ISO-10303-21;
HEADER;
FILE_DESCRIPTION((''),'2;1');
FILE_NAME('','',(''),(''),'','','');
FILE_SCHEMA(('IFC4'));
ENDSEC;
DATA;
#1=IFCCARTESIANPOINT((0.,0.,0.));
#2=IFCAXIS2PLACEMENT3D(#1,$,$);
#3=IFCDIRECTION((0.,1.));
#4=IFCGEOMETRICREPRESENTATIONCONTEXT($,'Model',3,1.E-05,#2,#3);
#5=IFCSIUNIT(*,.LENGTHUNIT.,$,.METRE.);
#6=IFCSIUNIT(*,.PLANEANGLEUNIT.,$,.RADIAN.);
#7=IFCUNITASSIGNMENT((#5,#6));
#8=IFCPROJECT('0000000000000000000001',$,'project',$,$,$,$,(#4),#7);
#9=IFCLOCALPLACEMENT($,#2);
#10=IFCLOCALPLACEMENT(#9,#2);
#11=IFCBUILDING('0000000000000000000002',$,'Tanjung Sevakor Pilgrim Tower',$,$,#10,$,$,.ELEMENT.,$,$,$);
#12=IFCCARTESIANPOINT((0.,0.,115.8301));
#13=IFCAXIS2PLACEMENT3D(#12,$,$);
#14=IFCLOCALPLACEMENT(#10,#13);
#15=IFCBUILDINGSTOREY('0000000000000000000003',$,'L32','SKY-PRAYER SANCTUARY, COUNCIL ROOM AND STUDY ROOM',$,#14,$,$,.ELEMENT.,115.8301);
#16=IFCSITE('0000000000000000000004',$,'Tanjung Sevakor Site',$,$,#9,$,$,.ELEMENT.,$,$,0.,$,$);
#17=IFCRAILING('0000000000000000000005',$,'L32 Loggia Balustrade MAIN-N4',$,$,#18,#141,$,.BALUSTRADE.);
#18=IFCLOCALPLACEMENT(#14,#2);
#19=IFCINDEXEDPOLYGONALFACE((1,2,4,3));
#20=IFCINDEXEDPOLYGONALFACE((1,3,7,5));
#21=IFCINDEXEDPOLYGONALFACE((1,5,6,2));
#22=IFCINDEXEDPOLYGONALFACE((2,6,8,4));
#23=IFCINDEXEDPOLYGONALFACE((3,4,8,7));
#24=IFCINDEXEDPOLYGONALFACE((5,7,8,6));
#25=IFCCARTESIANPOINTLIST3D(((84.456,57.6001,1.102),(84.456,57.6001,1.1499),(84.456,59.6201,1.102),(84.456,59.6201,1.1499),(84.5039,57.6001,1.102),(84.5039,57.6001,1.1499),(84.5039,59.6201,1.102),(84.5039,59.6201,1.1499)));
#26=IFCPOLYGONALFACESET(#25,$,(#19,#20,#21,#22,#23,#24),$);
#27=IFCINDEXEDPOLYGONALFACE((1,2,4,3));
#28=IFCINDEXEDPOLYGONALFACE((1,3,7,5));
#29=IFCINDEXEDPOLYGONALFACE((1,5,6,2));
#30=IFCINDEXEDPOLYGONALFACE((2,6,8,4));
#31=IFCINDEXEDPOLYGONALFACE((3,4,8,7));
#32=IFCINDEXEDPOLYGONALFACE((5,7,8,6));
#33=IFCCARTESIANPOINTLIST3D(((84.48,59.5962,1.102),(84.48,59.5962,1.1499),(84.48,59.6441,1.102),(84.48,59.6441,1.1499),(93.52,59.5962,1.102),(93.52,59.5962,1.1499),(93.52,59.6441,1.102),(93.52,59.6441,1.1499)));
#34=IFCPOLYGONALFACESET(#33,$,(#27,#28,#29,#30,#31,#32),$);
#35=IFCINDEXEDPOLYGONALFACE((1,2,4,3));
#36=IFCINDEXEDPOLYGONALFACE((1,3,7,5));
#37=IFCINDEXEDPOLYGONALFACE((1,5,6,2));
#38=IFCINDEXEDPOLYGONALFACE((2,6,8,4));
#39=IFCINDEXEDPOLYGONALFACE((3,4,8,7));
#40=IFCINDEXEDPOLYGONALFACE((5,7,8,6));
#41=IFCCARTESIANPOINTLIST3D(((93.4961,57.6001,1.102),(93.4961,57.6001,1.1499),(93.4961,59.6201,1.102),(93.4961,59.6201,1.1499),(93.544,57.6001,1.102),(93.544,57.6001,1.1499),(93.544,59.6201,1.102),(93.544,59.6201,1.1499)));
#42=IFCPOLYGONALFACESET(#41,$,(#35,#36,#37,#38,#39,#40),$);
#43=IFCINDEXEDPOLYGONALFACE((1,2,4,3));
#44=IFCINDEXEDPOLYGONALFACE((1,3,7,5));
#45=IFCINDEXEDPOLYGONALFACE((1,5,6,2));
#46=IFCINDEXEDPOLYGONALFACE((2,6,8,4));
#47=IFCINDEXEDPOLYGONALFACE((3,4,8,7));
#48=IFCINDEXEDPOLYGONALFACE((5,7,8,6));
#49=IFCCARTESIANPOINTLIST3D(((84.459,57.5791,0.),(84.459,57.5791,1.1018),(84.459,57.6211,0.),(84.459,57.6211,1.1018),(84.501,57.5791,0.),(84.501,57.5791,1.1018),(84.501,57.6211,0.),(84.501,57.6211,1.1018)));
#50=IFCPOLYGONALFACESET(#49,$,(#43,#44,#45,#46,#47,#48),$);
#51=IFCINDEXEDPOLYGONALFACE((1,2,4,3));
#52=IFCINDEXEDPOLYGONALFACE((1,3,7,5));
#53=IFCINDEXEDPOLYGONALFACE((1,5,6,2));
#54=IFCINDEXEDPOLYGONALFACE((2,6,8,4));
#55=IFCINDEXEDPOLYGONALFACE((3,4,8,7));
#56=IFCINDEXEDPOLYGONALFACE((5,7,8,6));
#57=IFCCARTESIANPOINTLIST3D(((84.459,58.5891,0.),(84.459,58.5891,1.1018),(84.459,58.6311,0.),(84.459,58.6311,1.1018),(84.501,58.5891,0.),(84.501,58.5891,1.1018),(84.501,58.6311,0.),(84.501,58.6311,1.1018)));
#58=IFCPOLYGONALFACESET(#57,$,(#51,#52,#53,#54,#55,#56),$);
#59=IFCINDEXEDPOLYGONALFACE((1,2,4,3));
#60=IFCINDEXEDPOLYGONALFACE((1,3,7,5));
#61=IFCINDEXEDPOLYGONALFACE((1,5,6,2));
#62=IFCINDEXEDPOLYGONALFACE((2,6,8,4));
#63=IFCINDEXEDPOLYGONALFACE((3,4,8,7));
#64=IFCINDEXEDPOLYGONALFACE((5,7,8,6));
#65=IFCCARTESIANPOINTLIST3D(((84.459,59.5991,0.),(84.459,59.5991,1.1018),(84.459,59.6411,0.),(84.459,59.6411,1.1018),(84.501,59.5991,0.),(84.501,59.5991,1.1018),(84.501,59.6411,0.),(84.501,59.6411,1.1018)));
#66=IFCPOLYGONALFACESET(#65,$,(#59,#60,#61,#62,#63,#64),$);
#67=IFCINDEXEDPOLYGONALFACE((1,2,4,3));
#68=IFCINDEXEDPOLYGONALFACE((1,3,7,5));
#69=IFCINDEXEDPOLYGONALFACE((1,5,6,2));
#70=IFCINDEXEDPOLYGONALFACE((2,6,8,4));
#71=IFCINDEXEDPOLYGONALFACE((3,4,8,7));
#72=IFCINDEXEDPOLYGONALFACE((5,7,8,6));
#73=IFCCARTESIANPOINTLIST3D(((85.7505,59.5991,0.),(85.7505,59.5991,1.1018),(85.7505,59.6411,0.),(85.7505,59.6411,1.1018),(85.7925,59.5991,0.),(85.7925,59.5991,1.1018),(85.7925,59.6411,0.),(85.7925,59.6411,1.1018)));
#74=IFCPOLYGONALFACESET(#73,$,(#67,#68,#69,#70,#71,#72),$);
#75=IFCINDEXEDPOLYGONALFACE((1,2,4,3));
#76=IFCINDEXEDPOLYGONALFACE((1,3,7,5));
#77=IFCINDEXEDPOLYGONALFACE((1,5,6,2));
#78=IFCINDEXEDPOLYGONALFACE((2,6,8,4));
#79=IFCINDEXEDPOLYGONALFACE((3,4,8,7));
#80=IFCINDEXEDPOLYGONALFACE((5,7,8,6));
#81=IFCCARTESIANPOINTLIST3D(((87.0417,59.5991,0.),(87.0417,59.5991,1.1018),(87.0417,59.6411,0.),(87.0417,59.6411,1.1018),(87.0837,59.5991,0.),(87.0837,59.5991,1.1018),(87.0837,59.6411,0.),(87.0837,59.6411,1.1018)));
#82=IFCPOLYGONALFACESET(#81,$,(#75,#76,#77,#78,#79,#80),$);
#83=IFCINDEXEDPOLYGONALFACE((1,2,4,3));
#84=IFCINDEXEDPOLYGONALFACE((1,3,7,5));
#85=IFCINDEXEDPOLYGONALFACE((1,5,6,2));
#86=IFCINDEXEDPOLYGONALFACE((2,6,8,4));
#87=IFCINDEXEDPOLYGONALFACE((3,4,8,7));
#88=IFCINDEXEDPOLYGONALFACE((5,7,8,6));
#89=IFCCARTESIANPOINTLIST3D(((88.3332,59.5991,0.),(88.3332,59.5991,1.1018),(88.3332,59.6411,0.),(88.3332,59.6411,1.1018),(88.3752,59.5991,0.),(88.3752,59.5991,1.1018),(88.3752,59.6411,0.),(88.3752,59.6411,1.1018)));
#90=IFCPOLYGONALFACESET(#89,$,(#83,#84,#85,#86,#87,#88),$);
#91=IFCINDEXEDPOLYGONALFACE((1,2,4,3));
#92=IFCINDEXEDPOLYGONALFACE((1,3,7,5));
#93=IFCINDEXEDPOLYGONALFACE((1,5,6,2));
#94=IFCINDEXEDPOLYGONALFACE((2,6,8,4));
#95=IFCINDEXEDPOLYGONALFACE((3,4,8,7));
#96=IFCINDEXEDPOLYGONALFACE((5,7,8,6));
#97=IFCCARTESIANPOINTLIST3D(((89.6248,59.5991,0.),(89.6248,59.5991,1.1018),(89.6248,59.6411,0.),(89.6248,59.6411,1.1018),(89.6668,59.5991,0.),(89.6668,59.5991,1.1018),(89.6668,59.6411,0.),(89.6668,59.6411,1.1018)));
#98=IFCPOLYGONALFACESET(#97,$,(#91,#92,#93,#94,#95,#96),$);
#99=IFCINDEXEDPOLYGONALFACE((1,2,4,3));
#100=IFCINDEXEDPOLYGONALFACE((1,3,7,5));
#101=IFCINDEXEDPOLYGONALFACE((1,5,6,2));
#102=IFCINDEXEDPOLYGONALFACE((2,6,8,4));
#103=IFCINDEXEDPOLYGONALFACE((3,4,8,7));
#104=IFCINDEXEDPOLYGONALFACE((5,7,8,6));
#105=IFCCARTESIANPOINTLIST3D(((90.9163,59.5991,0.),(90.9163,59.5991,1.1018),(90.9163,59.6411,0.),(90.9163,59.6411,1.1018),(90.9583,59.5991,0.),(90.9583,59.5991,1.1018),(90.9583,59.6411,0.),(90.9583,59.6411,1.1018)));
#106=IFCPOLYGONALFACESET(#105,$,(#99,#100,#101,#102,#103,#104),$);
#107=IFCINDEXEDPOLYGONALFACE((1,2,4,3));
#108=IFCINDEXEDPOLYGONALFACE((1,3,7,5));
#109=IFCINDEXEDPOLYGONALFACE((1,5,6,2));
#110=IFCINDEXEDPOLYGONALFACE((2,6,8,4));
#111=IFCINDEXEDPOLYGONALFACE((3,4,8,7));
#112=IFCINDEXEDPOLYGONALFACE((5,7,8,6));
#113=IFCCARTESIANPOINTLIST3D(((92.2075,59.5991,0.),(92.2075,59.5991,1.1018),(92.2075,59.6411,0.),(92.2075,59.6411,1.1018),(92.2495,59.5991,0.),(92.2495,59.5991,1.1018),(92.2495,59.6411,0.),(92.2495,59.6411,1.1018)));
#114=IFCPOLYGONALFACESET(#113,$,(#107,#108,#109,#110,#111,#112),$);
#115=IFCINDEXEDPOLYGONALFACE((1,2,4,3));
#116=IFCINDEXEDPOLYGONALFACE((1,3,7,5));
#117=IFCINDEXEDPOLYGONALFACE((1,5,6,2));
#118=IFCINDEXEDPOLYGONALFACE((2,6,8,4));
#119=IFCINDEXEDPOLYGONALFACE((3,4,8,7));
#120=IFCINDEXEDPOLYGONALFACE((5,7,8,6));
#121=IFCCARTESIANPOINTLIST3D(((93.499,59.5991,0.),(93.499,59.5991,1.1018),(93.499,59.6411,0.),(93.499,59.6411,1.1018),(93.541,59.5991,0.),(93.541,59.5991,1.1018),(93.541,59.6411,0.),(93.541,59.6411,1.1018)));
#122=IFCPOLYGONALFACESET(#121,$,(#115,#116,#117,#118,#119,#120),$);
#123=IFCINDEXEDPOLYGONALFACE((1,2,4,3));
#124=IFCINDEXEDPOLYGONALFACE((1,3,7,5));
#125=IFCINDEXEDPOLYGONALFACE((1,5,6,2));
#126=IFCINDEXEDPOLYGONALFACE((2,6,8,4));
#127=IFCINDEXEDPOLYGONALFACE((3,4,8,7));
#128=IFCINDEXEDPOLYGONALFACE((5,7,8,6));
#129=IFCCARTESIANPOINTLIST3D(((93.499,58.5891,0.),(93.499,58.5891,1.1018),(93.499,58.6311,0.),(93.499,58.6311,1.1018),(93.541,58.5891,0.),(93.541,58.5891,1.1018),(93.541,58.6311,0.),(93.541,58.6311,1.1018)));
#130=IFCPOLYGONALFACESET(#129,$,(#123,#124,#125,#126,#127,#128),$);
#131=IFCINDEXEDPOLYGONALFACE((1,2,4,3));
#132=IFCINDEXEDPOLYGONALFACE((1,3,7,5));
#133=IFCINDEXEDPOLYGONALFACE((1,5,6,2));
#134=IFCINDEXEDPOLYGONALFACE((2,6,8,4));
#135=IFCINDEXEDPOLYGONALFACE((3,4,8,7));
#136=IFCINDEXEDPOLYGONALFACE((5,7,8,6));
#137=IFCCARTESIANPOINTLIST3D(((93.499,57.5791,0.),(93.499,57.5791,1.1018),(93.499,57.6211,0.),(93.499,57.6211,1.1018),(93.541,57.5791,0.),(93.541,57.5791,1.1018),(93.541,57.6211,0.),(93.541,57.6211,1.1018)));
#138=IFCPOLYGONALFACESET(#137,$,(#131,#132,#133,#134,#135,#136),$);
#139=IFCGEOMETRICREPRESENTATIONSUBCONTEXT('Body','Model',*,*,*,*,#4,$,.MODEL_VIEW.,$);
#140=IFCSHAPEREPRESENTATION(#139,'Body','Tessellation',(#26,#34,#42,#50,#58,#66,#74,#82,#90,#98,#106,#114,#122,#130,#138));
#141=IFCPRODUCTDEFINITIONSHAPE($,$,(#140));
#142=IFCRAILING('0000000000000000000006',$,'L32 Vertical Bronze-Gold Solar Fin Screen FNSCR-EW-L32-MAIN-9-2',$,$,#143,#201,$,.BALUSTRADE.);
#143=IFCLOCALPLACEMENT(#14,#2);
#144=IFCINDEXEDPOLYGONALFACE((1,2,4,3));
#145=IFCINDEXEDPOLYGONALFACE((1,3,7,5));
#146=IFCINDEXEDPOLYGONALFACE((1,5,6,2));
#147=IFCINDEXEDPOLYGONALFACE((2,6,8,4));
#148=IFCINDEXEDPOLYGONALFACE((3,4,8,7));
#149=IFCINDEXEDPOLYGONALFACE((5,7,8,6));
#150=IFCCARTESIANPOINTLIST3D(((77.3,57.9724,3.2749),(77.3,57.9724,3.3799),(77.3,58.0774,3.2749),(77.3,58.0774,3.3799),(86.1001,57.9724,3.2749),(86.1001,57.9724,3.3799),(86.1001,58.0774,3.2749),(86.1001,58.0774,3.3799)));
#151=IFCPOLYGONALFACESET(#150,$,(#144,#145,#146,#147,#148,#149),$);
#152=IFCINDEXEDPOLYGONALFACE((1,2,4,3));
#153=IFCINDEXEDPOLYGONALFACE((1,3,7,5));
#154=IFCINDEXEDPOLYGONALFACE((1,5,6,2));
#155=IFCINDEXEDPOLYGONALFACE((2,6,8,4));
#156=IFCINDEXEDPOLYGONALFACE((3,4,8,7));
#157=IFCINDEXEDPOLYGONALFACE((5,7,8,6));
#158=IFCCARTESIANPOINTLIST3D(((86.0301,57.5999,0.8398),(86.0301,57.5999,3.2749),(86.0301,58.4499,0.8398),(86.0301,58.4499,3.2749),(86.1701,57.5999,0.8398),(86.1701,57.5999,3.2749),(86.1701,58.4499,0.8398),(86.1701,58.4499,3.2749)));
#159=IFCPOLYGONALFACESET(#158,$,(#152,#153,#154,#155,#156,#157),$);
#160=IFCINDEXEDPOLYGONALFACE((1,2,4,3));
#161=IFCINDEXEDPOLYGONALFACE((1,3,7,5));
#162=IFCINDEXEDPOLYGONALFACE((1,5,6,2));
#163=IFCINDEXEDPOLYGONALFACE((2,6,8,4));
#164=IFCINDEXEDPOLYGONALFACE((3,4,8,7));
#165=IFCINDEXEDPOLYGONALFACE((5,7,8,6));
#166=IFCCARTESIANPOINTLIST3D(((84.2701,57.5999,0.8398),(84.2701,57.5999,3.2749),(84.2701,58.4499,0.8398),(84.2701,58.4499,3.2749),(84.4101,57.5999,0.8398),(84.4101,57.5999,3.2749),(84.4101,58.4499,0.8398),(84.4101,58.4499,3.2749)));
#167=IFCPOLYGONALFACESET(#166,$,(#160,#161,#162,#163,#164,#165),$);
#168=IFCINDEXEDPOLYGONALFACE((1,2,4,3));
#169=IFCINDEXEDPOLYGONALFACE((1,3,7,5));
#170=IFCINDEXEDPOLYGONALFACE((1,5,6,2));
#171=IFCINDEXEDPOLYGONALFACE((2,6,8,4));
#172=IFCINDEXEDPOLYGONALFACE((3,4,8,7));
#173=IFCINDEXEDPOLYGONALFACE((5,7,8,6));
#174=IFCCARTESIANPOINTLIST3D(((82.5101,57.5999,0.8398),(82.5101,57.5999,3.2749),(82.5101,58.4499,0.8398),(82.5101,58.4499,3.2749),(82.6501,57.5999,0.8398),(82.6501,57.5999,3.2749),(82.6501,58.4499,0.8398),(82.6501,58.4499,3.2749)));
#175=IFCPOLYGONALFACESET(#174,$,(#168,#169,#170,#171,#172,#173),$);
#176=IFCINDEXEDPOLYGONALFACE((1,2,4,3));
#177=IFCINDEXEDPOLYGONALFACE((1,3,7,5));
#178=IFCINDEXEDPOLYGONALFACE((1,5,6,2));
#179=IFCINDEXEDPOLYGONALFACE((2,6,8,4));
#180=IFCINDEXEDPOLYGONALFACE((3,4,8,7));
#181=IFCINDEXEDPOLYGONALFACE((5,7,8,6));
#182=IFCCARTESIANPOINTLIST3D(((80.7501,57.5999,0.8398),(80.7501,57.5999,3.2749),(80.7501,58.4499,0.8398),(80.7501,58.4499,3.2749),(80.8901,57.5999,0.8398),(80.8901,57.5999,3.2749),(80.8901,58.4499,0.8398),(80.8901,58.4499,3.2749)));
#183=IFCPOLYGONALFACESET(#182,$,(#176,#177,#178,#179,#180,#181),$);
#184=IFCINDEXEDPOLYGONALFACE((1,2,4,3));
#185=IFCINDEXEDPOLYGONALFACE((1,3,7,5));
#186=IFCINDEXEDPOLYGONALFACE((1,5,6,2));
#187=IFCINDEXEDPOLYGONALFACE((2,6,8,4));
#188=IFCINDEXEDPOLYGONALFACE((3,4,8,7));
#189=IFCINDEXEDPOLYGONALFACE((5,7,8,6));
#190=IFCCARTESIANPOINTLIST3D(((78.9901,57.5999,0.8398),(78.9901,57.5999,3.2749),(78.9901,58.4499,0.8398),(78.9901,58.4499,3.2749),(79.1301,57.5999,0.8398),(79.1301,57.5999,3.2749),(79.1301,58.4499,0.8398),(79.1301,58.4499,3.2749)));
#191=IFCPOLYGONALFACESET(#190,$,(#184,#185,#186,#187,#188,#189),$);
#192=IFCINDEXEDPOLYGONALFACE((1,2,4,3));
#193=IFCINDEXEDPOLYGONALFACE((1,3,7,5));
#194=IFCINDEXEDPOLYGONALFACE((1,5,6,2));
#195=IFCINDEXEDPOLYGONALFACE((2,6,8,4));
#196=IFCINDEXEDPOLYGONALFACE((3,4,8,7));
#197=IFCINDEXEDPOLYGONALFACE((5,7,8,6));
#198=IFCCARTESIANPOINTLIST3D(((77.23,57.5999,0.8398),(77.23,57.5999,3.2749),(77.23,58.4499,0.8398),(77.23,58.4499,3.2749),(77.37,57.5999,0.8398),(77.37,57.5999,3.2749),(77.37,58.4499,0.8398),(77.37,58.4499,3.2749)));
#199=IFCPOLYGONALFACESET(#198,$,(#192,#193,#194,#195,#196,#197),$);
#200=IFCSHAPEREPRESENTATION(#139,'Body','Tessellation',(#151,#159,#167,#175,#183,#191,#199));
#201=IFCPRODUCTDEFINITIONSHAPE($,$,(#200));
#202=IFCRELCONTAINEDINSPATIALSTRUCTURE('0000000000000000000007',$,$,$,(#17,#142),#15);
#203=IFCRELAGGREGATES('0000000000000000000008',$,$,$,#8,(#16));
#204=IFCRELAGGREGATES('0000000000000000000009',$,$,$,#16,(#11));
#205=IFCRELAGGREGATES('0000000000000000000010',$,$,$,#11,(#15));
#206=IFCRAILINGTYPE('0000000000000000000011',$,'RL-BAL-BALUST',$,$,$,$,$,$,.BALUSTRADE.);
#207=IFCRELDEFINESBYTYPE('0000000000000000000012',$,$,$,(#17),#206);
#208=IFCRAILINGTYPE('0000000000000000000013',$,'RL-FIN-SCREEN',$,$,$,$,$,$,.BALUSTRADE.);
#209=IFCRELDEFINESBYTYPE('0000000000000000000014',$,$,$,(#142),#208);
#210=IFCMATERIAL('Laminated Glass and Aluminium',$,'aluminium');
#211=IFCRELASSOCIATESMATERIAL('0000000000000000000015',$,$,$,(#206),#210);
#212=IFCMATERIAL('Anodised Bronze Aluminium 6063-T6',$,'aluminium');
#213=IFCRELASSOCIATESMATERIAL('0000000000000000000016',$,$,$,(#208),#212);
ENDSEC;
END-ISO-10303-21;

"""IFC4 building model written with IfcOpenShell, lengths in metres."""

from ifc_helpers import new_model, si_unit, direction, frame, origin, place, context, subcontext, project, spatial, rectangle, extrude, material, type_object, element, save


model = new_model("IFC4")

# Units and contexts
model_context = context("Model", 3, precision=1e-05, world=origin(), true_north=direction((0.0, 1.0)))
body_context = subcontext(model_context, "Body", "Model", "MODEL_VIEW")
ifc_project = project(units=[si_unit("LENGTHUNIT", "METRE"), si_unit("PLANEANGLEUNIT", "RADIAN")], contexts=[model_context])

# Site, building, storey
site_placement = place(None, origin())
site = spatial("IfcSite", under=ifc_project, at=site_placement, Name="Tanjung Sevakor Site", CompositionType="ELEMENT", RefElevation=0.0)
building_placement = place(site_placement, origin())
building = spatial("IfcBuilding", under=site, at=building_placement, Name="Tanjung Sevakor Pilgrim Tower", CompositionType="ELEMENT")
storey_placement = place(building_placement, frame((0.0, 0.0, 115.8301)))
storey = spatial("IfcBuildingStorey", under=building, at=storey_placement, Name="L32", Description="SKY-PRAYER SANCTUARY, COUNCIL ROOM AND STUDY ROOM", CompositionType="ELEMENT", Elevation=115.8301)

# Railings
ifc_material_1 = material(Name="Laminated Glass and Aluminium", Category="aluminium")
railing_type_1 = type_object("IfcRailingType", Name="RL-BAL-BALUST", PredefinedType="BALUSTRADE", material=ifc_material_1)
railing_1_placement = place(storey_placement, frame((84.48, 57.6001, 0.0)))
element("IfcRailing", 1, at=railing_1_placement, inside=storey, type_object=railing_type_1, Name="L32 Loggia Balustrade MAIN-N4", PredefinedType="BALUSTRADE", context=body_context, shape_type="SweptSolid", body=[
    extrude(rectangle(XDim=0.0479, YDim=0.0479), frame((0.0, 0.0, 1.126), z_axis=(0.0, 1.0, 0.0), x_axis=(-1.0, 0.0, 0.0)), (0.0, 0.0, 1.0), 2.02),
    extrude(rectangle(XDim=0.0479, YDim=0.0479), frame((0.0, 2.02, 1.126), z_axis=(1.0, 0.0, 0.0), x_axis=(0.0, 1.0, 0.0)), (0.0, 0.0, 1.0), 9.04),
    extrude(rectangle(XDim=0.0479, YDim=0.0479), frame((9.04, 2.02, 1.126), z_axis=(0.0, -1.0, 0.0), x_axis=(1.0, 0.0, 0.0)), (0.0, 0.0, 1.0), 2.02),
    extrude(rectangle(XDim=0.042, YDim=0.042), origin(), (0.0, 0.0, 1.0), 1.1018),
    extrude(rectangle(XDim=0.042, YDim=0.042), frame((0.0, 1.01, 0.0)), (0.0, 0.0, 1.0), 1.1018),
    extrude(rectangle(XDim=0.042, YDim=0.042), frame((0.0, 2.02, 0.0)), (0.0, 0.0, 1.0), 1.1018),
    extrude(rectangle(XDim=0.042, YDim=0.042), frame((1.2915, 2.02, 0.0)), (0.0, 0.0, 1.0), 1.1018),
    extrude(rectangle(XDim=0.042, YDim=0.042), frame((2.5828, 2.02, 0.0)), (0.0, 0.0, 1.0), 1.1018),
    extrude(rectangle(XDim=0.042, YDim=0.042), frame((3.8743, 2.02, 0.0)), (0.0, 0.0, 1.0), 1.1018),
    extrude(rectangle(XDim=0.042, YDim=0.042), frame((5.1658, 2.02, 0.0)), (0.0, 0.0, 1.0), 1.1018),
    extrude(rectangle(XDim=0.042, YDim=0.042), frame((6.4573, 2.02, 0.0)), (0.0, 0.0, 1.0), 1.1018),
    extrude(rectangle(XDim=0.042, YDim=0.042), frame((7.7485, 2.02, 0.0)), (0.0, 0.0, 1.0), 1.1018),
    extrude(rectangle(XDim=0.042, YDim=0.042), frame((9.04, 2.02, 0.0)), (0.0, 0.0, 1.0), 1.1018),
    extrude(rectangle(XDim=0.042, YDim=0.042), frame((9.04, 1.01, 0.0)), (0.0, 0.0, 1.0), 1.1018),
    extrude(rectangle(XDim=0.042, YDim=0.042), frame((9.04, 0.0, 0.0)), (0.0, 0.0, 1.0), 1.1018),
])
ifc_material_2 = material(Name="Anodised Bronze Aluminium 6063-T6", Category="aluminium")
railing_type_2 = type_object("IfcRailingType", Name="RL-FIN-SCREEN", PredefinedType="BALUSTRADE", material=ifc_material_2)
railing_2_placement = place(storey_placement, frame((86.1001, 58.0249, 0.8398)))
element("IfcRailing", 2, at=railing_2_placement, inside=storey, type_object=railing_type_2, Name="L32 Vertical Bronze-Gold Solar Fin Screen FNSCR-EW-L32-MAIN-9-2", PredefinedType="BALUSTRADE", context=body_context, shape_type="SweptSolid", body=[
    extrude(rectangle(XDim=0.105, YDim=0.105), frame((0.0, 0.0, 2.4875), z_axis=(-1.0, 0.0, 0.0), x_axis=(0.0, -1.0, 0.0)), (0.0, 0.0, 1.0), 8.8),
    extrude(rectangle(XDim=0.14, YDim=0.85), origin(), (0.0, 0.0, 1.0), 2.4351),
    extrude(rectangle(XDim=0.14, YDim=0.85), frame((-1.76, 0.0, 0.0)), (0.0, 0.0, 1.0), 2.4351),
    extrude(rectangle(XDim=0.14, YDim=0.85), frame((-3.52, 0.0, 0.0)), (0.0, 0.0, 1.0), 2.4351),
    extrude(rectangle(XDim=0.14, YDim=0.85), frame((-5.28, 0.0, 0.0)), (0.0, 0.0, 1.0), 2.4351),
    extrude(rectangle(XDim=0.14, YDim=0.85), frame((-7.04, 0.0, 0.0)), (0.0, 0.0, 1.0), 2.4351),
    extrude(rectangle(XDim=0.14, YDim=0.85), frame((-8.8, 0.0, 0.0)), (0.0, 0.0, 1.0), 2.4351),
])

save(model, "model.ifc")
